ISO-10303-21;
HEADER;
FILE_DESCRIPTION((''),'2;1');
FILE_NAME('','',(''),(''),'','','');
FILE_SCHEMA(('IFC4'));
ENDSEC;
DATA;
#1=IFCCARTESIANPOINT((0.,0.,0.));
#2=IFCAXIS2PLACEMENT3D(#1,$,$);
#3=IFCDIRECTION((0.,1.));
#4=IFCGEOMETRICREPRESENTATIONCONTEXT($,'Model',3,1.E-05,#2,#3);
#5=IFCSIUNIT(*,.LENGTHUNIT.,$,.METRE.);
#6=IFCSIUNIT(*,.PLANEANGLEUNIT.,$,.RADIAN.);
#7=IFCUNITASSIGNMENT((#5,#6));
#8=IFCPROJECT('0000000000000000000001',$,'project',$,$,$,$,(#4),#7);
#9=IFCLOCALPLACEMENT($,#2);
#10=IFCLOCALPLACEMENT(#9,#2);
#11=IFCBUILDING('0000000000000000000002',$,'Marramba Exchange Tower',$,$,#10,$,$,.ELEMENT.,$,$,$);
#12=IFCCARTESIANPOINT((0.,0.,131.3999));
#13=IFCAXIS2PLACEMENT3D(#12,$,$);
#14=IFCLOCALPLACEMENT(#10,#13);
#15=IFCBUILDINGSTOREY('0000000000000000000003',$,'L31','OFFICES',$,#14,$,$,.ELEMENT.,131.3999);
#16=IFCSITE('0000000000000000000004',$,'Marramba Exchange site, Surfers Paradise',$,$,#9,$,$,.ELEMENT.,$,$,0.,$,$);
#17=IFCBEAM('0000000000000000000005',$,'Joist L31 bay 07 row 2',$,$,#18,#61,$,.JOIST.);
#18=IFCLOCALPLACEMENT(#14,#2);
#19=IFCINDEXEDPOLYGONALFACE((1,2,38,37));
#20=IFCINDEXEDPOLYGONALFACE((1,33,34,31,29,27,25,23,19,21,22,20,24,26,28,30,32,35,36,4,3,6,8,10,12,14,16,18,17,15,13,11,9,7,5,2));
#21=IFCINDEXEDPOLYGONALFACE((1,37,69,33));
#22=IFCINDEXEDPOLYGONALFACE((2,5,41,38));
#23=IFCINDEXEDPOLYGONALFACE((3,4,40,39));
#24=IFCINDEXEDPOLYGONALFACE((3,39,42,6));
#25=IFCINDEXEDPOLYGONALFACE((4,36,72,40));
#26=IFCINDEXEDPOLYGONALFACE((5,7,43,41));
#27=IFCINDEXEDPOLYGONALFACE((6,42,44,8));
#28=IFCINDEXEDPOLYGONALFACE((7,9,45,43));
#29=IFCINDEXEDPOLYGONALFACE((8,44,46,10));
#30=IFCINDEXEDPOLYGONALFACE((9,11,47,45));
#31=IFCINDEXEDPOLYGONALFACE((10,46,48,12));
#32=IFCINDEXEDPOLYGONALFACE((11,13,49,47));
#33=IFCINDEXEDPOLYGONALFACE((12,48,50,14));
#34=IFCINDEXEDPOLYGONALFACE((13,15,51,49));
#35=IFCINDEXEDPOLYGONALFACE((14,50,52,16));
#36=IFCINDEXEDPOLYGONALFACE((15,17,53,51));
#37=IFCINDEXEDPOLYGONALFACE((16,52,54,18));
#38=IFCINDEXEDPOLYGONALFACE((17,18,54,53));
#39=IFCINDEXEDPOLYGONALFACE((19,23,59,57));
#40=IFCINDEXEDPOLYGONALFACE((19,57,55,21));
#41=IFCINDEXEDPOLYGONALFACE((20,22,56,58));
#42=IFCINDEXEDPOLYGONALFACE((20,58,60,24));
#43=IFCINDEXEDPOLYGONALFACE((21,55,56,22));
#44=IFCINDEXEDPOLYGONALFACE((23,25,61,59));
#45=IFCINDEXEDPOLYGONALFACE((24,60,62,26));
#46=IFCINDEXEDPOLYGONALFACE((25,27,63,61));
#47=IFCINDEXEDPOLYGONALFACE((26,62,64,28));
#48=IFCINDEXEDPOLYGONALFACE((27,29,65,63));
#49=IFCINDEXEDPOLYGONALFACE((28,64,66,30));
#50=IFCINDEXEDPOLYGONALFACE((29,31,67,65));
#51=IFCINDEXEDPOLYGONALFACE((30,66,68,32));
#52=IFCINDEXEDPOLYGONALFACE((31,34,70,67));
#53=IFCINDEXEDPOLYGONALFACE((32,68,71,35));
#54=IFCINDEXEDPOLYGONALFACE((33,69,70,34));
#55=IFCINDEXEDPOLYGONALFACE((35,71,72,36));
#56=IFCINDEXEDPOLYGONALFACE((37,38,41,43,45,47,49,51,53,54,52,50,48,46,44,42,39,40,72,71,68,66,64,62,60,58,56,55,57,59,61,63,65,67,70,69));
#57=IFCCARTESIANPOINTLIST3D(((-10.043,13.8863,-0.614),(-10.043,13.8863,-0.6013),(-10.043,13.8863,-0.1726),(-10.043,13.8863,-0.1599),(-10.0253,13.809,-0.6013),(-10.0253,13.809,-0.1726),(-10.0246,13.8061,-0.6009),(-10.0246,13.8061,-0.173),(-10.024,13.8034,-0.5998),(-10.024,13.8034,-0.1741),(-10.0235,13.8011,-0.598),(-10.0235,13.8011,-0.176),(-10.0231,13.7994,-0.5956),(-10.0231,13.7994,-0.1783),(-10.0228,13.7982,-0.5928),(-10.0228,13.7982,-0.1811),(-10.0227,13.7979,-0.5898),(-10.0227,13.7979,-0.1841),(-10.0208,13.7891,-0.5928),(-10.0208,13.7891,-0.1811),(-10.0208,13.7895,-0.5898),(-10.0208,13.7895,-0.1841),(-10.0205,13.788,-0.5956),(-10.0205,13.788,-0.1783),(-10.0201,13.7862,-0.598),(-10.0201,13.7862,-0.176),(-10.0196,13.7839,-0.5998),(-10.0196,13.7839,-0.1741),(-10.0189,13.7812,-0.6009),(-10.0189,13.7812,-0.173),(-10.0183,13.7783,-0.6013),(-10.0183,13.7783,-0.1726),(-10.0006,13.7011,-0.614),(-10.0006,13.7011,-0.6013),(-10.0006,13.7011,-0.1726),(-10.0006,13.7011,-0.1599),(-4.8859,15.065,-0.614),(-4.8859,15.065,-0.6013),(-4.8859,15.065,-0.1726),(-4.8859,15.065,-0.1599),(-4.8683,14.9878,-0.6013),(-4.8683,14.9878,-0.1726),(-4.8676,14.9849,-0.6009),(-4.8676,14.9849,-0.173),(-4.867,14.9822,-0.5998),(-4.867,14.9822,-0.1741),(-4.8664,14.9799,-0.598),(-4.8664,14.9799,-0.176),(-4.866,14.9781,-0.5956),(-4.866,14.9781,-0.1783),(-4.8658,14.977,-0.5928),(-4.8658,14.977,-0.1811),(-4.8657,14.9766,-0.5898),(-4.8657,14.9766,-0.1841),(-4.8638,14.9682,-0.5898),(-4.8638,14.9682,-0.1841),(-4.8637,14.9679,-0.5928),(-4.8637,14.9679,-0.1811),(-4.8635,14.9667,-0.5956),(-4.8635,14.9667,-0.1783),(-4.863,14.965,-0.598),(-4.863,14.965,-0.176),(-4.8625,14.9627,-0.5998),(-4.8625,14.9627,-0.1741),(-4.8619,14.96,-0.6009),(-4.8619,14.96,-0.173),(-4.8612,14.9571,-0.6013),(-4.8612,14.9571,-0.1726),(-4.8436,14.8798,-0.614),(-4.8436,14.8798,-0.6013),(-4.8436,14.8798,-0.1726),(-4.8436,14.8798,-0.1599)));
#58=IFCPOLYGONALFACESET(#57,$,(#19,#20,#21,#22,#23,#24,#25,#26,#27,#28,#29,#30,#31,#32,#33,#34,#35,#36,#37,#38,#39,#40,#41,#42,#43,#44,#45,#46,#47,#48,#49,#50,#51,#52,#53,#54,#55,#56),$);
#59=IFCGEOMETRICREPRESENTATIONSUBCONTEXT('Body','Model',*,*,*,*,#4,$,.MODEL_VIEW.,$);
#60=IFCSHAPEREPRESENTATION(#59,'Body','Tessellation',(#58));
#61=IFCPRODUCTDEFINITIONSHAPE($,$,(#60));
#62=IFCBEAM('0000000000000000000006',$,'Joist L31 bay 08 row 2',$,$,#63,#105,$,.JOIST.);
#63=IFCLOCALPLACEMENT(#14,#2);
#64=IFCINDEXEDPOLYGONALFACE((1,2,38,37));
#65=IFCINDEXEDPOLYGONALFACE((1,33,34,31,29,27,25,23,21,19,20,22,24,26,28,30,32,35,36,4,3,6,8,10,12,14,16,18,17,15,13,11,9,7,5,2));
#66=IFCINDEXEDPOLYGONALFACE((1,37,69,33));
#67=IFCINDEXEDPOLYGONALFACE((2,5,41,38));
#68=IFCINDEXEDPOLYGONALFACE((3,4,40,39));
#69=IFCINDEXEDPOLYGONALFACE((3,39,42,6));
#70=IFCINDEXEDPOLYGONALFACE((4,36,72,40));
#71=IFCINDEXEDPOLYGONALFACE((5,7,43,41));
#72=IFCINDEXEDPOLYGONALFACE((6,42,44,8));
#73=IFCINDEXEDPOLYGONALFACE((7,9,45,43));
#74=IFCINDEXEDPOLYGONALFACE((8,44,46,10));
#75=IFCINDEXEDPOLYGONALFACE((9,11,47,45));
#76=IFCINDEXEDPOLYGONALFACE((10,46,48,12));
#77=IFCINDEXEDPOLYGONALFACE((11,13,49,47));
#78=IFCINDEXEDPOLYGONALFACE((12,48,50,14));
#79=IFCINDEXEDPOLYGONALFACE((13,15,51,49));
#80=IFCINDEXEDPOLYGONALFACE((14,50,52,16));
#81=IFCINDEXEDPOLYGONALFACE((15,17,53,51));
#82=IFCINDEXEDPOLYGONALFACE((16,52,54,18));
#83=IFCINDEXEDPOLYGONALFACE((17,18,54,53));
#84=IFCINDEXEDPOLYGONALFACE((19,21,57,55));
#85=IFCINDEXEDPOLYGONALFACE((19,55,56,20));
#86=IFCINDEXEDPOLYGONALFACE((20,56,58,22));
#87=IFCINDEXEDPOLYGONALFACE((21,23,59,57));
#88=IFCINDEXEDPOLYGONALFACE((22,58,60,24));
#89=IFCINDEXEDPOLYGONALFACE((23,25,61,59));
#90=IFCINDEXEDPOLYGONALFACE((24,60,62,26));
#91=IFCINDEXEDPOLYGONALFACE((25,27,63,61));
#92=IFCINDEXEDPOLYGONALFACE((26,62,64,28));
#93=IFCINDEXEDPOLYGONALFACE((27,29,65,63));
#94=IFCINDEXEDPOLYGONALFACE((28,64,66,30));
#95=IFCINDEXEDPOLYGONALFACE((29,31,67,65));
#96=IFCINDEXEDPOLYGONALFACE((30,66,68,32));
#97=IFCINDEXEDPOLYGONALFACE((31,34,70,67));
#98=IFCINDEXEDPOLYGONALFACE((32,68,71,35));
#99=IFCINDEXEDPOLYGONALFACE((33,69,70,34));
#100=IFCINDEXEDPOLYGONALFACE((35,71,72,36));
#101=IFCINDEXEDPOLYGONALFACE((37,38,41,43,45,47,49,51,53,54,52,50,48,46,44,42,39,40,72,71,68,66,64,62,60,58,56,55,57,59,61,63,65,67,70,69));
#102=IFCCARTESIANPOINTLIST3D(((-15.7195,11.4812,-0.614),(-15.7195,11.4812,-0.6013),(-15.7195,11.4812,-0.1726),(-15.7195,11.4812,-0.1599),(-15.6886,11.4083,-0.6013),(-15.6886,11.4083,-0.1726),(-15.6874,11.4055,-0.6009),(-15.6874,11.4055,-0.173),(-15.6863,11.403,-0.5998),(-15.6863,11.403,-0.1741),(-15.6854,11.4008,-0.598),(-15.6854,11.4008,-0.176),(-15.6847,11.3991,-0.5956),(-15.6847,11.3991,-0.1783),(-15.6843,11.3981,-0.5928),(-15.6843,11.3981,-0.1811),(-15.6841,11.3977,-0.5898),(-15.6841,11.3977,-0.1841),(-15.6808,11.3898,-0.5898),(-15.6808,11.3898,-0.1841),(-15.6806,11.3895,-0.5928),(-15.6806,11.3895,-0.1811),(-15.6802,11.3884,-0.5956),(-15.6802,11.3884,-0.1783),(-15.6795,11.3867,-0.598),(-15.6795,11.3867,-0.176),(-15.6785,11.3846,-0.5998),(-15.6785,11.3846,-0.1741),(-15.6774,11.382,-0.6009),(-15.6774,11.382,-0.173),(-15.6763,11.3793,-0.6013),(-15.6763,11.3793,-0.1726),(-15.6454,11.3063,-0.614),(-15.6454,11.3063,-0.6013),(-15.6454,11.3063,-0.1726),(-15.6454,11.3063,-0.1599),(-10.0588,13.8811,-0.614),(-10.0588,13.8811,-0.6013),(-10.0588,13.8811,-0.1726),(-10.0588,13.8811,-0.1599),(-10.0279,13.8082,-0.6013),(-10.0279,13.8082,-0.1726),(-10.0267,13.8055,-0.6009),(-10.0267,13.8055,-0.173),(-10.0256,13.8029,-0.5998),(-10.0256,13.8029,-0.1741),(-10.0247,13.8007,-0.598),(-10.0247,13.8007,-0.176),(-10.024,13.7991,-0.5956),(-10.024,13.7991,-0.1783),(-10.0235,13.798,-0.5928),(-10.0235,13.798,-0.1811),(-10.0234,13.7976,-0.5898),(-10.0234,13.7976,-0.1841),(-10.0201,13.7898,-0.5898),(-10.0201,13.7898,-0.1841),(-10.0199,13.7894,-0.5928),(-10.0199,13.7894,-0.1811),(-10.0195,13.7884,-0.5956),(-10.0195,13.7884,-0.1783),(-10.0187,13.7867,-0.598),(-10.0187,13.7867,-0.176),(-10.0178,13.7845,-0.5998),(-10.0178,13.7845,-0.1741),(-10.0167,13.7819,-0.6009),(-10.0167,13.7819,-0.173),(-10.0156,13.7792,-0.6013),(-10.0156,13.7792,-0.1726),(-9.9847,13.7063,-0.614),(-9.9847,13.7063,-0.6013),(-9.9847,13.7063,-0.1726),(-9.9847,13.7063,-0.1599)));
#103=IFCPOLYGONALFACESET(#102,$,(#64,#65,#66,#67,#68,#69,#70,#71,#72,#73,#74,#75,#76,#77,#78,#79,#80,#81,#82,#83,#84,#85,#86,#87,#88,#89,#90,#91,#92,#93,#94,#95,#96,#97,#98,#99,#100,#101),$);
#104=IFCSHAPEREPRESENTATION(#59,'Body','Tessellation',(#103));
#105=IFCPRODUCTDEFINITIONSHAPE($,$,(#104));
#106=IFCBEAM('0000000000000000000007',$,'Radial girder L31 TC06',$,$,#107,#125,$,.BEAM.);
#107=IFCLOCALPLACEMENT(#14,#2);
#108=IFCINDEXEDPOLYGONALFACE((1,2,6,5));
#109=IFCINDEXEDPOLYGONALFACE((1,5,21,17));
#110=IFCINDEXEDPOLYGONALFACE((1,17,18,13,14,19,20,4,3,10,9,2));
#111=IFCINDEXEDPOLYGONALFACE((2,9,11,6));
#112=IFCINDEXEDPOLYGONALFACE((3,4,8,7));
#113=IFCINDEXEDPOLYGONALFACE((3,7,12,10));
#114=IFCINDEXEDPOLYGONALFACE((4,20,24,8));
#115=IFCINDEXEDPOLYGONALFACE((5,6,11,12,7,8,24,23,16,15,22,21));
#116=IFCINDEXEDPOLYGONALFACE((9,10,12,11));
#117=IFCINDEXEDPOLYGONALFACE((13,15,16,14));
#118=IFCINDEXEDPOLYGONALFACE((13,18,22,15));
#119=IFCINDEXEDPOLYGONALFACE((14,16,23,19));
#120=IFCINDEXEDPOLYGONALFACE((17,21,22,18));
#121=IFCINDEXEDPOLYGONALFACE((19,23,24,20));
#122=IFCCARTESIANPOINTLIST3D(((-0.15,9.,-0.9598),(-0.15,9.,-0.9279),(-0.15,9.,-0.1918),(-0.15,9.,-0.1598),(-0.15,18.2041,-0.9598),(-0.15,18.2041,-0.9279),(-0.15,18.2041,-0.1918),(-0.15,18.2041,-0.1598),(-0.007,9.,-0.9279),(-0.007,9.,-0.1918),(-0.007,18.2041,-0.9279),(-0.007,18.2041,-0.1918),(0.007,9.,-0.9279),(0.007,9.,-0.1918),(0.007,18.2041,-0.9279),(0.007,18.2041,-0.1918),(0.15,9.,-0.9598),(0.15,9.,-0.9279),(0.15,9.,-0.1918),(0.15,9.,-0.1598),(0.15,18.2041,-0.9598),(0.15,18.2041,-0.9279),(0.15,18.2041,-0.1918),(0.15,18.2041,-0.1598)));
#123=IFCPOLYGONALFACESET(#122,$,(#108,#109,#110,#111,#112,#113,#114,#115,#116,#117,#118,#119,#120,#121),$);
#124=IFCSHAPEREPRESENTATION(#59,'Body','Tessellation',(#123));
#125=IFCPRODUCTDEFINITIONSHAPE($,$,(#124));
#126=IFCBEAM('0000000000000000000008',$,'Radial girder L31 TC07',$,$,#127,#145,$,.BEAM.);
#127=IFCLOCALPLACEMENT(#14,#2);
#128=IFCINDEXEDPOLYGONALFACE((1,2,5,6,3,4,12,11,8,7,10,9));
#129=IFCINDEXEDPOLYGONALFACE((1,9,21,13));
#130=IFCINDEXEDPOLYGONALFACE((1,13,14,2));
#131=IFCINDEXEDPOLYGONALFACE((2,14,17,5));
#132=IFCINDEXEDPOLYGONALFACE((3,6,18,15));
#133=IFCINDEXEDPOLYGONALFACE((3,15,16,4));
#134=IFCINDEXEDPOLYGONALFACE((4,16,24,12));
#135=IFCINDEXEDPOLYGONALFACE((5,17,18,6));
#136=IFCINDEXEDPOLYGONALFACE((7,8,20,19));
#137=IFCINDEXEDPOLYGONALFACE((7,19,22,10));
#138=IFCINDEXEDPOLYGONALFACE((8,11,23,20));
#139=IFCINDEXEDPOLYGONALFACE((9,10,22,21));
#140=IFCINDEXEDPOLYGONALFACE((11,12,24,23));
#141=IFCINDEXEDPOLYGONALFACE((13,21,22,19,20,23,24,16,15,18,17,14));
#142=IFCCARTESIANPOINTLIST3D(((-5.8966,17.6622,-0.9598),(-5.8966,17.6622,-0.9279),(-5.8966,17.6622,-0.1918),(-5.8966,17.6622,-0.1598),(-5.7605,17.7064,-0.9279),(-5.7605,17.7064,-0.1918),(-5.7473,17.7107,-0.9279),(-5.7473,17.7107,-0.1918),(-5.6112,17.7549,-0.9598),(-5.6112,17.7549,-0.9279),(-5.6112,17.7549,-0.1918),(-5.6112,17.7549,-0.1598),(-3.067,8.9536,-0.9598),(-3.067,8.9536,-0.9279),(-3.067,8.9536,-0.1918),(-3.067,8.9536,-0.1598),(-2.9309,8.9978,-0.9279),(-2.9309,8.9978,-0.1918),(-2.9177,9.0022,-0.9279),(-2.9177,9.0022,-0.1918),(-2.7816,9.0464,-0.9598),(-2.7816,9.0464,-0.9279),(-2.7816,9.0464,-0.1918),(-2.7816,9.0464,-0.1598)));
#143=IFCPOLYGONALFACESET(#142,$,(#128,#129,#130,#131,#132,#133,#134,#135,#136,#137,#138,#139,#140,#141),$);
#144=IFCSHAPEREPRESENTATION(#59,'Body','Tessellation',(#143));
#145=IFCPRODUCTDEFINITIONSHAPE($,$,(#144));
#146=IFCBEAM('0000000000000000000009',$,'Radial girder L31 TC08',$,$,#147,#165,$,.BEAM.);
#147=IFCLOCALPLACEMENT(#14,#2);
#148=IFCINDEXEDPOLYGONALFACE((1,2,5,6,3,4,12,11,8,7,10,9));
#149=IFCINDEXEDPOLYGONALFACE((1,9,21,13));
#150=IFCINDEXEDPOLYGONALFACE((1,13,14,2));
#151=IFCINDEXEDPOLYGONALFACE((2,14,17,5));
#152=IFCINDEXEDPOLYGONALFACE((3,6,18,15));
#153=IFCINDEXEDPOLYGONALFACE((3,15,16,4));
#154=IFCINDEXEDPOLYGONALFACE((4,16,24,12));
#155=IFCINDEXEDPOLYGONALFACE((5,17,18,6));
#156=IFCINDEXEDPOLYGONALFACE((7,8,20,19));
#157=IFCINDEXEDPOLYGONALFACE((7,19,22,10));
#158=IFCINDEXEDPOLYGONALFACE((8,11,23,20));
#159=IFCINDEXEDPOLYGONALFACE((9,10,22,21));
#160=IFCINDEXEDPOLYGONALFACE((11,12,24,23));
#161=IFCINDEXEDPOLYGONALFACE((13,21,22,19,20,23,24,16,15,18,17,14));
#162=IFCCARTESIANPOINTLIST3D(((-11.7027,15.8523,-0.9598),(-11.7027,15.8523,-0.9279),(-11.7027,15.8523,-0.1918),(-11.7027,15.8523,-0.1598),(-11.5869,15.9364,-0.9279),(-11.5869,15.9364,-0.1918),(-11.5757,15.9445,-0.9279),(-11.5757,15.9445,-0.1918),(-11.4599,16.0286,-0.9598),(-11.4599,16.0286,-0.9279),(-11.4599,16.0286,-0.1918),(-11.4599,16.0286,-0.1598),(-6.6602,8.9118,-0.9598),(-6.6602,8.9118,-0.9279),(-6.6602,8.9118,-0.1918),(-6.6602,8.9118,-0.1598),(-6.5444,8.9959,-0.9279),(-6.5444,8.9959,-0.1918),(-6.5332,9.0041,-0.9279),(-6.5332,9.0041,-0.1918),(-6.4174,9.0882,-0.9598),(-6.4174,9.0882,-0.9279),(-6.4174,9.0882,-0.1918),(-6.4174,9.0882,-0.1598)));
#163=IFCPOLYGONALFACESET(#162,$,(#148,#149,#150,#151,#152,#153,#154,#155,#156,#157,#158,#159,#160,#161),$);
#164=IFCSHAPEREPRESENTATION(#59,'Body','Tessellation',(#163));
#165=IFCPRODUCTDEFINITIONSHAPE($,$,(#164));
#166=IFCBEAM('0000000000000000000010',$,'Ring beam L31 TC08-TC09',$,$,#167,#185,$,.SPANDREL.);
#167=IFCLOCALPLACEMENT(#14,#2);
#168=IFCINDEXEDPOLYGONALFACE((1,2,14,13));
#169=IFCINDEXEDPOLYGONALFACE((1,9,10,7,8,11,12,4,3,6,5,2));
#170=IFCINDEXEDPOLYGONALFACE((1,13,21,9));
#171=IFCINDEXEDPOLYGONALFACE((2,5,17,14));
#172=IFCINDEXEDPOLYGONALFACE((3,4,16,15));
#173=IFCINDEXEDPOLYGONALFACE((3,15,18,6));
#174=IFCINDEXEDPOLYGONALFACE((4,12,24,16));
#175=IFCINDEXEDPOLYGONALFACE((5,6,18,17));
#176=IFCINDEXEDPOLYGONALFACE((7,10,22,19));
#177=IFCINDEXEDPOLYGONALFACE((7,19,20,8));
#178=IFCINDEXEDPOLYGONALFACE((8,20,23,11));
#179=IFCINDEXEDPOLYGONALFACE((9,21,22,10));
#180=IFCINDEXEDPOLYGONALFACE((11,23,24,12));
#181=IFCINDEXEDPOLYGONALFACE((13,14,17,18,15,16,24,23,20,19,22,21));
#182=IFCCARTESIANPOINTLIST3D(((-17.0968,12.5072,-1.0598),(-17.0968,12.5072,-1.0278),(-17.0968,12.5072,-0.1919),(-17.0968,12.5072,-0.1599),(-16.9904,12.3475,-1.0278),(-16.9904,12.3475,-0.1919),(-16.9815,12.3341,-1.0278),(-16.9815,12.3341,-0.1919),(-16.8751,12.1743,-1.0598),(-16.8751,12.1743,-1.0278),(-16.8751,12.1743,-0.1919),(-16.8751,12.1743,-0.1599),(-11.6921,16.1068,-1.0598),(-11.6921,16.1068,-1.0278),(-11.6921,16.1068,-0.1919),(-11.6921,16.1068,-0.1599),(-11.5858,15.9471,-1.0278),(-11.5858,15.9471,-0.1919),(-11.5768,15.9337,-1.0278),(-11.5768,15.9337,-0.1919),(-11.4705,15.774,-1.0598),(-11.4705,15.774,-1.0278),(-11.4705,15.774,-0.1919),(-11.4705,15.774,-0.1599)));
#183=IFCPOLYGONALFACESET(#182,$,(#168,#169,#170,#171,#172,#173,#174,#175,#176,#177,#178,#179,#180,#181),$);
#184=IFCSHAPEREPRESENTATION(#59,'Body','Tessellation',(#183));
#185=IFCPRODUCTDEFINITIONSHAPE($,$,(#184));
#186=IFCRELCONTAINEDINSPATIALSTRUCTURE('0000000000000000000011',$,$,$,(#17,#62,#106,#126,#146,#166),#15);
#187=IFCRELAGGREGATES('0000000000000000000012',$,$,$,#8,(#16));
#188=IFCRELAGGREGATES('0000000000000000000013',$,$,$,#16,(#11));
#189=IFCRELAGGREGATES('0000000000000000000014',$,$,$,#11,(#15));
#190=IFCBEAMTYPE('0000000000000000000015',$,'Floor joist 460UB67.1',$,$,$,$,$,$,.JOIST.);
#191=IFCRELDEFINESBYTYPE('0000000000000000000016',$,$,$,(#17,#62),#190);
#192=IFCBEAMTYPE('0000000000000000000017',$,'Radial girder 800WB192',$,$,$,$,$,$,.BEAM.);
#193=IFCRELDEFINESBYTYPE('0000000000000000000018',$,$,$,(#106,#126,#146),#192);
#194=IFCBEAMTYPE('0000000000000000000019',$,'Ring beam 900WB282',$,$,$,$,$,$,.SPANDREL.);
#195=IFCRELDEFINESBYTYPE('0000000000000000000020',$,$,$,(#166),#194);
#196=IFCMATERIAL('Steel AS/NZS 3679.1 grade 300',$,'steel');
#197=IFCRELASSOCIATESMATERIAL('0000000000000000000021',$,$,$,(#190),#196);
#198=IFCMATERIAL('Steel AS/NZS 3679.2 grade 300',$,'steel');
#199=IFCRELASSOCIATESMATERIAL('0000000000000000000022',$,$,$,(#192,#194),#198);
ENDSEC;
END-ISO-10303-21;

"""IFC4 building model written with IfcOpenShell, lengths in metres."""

from ifc_helpers import new_model, si_unit, direction, frame, origin, origin_2d, place, context, subcontext, project, spatial, i_section, extrude, material, material_profile, profile_set, type_object, element, save


model = new_model("IFC4")

# Units and contexts
model_context = context("Model", 3, precision=1e-05, world=origin(), true_north=direction((0.0, 1.0)))
body_context = subcontext(model_context, "Body", "Model", "MODEL_VIEW")
ifc_project = project(units=[si_unit("LENGTHUNIT", "METRE"), si_unit("PLANEANGLEUNIT", "RADIAN")], contexts=[model_context])

# Site, building, storey
site_placement = place(None, origin())
site = spatial("IfcSite", under=ifc_project, at=site_placement, Name="Marramba Exchange site, Surfers Paradise", CompositionType="ELEMENT", RefElevation=0.0)
building_placement = place(site_placement, origin())
building = spatial("IfcBuilding", under=site, at=building_placement, Name="Marramba Exchange Tower", CompositionType="ELEMENT")
storey_placement = place(building_placement, frame((0.0, 0.0, 131.3999)))
storey = spatial("IfcBuildingStorey", under=building, at=storey_placement, Name="L31", Description="OFFICES", CompositionType="ELEMENT", Elevation=131.3999)

# Beams
ifc_material_1 = material(Name="Steel AS/NZS 3679.1 grade 300", Category="steel")
ifc_material_profile_1 = material_profile(ifc_material_1, i_section(OverallWidth=0.1899, OverallDepth=0.4541, WebThickness=0.0085, FlangeThickness=0.0127, FilletRadius=0.0115, at=origin_2d()), Name="460UB67.1")
ifc_profile_set_1 = profile_set([ifc_material_profile_1], Name="Steel AS/NZS 3679.1 grade 300")
beam_type_1 = type_object("IfcBeamType", Name="Floor joist 460UB67.1", PredefinedType="JOIST", material=ifc_profile_set_1)
beam_1_placement = place(storey_placement, frame((-4.8647, 14.9724, -0.387), z_axis=(-0.97486, -0.22282, 0.0), x_axis=(0.22282, -0.97486, 0.0)))
element("IfcBeam", 1, at=beam_1_placement, inside=storey, type_object=beam_type_1, Name="Joist L31 bay 07 row 2", PredefinedType="JOIST", context=body_context, shape_type="SweptSolid", body=[
    extrude(i_section(OverallWidth=0.1899, OverallDepth=0.4541, WebThickness=0.0085, FlangeThickness=0.0127, FilletRadius=0.0115, at=origin_2d()), origin(), (0.0, 0.0, 1.0), 5.29),
])
beam_2_placement = place(storey_placement, frame((-10.0217, 13.7937, -0.387), z_axis=(-0.920674, -0.390332, 0.0), x_axis=(0.390332, -0.920674, 0.0)))
element("IfcBeam", 2, at=beam_2_placement, inside=storey, type_object=beam_type_1, Name="Joist L31 bay 08 row 2", PredefinedType="JOIST", context=body_context, shape_type="SweptSolid", body=[
    extrude(i_section(OverallWidth=0.1899, OverallDepth=0.4541, WebThickness=0.0085, FlangeThickness=0.0127, FilletRadius=0.0115, at=origin_2d()), origin(), (0.0, 0.0, 1.0), 6.1484),
])
ifc_material_2 = material(Name="Steel AS/NZS 3679.2 grade 300", Category="steel")
ifc_material_profile_2 = material_profile(ifc_material_2, i_section(OverallWidth=0.3, OverallDepth=0.8, WebThickness=0.0139, FlangeThickness=0.032, at=origin_2d()), Name="800WB192")
ifc_profile_set_2 = profile_set([ifc_material_profile_2], Name="Steel AS/NZS 3679.2 grade 300")
beam_type_2 = type_object("IfcBeamType", Name="Radial girder 800WB192", PredefinedType="BEAM", material=ifc_profile_set_2)
beam_3_placement = place(storey_placement, frame((0.0, 9.0, -0.5598), z_axis=(0.0, 1.0, 0.0), x_axis=(-1.0, 0.0, 0.0)))
element("IfcBeam", 3, at=beam_3_placement, inside=storey, type_object=beam_type_2, Name="Radial girder L31 TC06", PredefinedType="BEAM", context=body_context, shape_type="SweptSolid", body=[
    extrude(i_section(OverallWidth=0.3, OverallDepth=0.8, WebThickness=0.0139, FlangeThickness=0.032, at=origin_2d()), origin(), (0.0, 0.0, 1.0), 9.2041),
])
beam_4_placement = place(storey_placement, frame((-2.9243, 9.0, -0.5598), z_axis=(-0.30902, 0.951056, 0.0), x_axis=(-0.951056, -0.30902, 0.0)))
element("IfcBeam", 4, at=beam_4_placement, inside=storey, type_object=beam_type_2, Name="Radial girder L31 TC07", PredefinedType="BEAM", context=body_context, shape_type="SweptSolid", body=[
    extrude(i_section(OverallWidth=0.3, OverallDepth=0.8, WebThickness=0.0139, FlangeThickness=0.032, at=origin_2d()), origin(), (0.0, 0.0, 1.0), 9.1567),
])
beam_5_placement = place(storey_placement, frame((-6.5388, 9.0, -0.5598), z_axis=(-0.587782, 0.809019, 0.0), x_axis=(-0.809019, -0.587782, 0.0)))
element("IfcBeam", 5, at=beam_5_placement, inside=storey, type_object=beam_type_2, Name="Radial girder L31 TC08", PredefinedType="BEAM", context=body_context, shape_type="SweptSolid", body=[
    extrude(i_section(OverallWidth=0.3, OverallDepth=0.8, WebThickness=0.0139, FlangeThickness=0.032, at=origin_2d()), origin(), (0.0, 0.0, 1.0), 8.5789),
])
ifc_material_profile_3 = material_profile(ifc_material_2, i_section(OverallWidth=0.3999, OverallDepth=0.8999, WebThickness=0.0161, FlangeThickness=0.032, at=origin_2d()), Name="900WB282")
ifc_profile_set_3 = profile_set([ifc_material_profile_3], Name="Steel AS/NZS 3679.2 grade 300")
beam_type_3 = type_object("IfcBeamType", Name="Ring beam 900WB282", PredefinedType="SPANDREL", material=ifc_profile_set_3)
beam_6_placement = place(storey_placement, frame((-11.5813, 15.9404, -0.6099), z_axis=(-0.832293, -0.554336, 0.0), x_axis=(0.554336, -0.832293, 0.0)))
element("IfcBeam", 6, at=beam_6_placement, inside=storey, type_object=beam_type_3, Name="Ring beam L31 TC08-TC09", PredefinedType="SPANDREL", context=body_context, shape_type="SweptSolid", body=[
    extrude(i_section(OverallWidth=0.3999, OverallDepth=0.8999, WebThickness=0.0161, FlangeThickness=0.032, at=origin_2d()), origin(), (0.0, 0.0, 1.0), 6.4937),
])

save(model, "model.ifc")
